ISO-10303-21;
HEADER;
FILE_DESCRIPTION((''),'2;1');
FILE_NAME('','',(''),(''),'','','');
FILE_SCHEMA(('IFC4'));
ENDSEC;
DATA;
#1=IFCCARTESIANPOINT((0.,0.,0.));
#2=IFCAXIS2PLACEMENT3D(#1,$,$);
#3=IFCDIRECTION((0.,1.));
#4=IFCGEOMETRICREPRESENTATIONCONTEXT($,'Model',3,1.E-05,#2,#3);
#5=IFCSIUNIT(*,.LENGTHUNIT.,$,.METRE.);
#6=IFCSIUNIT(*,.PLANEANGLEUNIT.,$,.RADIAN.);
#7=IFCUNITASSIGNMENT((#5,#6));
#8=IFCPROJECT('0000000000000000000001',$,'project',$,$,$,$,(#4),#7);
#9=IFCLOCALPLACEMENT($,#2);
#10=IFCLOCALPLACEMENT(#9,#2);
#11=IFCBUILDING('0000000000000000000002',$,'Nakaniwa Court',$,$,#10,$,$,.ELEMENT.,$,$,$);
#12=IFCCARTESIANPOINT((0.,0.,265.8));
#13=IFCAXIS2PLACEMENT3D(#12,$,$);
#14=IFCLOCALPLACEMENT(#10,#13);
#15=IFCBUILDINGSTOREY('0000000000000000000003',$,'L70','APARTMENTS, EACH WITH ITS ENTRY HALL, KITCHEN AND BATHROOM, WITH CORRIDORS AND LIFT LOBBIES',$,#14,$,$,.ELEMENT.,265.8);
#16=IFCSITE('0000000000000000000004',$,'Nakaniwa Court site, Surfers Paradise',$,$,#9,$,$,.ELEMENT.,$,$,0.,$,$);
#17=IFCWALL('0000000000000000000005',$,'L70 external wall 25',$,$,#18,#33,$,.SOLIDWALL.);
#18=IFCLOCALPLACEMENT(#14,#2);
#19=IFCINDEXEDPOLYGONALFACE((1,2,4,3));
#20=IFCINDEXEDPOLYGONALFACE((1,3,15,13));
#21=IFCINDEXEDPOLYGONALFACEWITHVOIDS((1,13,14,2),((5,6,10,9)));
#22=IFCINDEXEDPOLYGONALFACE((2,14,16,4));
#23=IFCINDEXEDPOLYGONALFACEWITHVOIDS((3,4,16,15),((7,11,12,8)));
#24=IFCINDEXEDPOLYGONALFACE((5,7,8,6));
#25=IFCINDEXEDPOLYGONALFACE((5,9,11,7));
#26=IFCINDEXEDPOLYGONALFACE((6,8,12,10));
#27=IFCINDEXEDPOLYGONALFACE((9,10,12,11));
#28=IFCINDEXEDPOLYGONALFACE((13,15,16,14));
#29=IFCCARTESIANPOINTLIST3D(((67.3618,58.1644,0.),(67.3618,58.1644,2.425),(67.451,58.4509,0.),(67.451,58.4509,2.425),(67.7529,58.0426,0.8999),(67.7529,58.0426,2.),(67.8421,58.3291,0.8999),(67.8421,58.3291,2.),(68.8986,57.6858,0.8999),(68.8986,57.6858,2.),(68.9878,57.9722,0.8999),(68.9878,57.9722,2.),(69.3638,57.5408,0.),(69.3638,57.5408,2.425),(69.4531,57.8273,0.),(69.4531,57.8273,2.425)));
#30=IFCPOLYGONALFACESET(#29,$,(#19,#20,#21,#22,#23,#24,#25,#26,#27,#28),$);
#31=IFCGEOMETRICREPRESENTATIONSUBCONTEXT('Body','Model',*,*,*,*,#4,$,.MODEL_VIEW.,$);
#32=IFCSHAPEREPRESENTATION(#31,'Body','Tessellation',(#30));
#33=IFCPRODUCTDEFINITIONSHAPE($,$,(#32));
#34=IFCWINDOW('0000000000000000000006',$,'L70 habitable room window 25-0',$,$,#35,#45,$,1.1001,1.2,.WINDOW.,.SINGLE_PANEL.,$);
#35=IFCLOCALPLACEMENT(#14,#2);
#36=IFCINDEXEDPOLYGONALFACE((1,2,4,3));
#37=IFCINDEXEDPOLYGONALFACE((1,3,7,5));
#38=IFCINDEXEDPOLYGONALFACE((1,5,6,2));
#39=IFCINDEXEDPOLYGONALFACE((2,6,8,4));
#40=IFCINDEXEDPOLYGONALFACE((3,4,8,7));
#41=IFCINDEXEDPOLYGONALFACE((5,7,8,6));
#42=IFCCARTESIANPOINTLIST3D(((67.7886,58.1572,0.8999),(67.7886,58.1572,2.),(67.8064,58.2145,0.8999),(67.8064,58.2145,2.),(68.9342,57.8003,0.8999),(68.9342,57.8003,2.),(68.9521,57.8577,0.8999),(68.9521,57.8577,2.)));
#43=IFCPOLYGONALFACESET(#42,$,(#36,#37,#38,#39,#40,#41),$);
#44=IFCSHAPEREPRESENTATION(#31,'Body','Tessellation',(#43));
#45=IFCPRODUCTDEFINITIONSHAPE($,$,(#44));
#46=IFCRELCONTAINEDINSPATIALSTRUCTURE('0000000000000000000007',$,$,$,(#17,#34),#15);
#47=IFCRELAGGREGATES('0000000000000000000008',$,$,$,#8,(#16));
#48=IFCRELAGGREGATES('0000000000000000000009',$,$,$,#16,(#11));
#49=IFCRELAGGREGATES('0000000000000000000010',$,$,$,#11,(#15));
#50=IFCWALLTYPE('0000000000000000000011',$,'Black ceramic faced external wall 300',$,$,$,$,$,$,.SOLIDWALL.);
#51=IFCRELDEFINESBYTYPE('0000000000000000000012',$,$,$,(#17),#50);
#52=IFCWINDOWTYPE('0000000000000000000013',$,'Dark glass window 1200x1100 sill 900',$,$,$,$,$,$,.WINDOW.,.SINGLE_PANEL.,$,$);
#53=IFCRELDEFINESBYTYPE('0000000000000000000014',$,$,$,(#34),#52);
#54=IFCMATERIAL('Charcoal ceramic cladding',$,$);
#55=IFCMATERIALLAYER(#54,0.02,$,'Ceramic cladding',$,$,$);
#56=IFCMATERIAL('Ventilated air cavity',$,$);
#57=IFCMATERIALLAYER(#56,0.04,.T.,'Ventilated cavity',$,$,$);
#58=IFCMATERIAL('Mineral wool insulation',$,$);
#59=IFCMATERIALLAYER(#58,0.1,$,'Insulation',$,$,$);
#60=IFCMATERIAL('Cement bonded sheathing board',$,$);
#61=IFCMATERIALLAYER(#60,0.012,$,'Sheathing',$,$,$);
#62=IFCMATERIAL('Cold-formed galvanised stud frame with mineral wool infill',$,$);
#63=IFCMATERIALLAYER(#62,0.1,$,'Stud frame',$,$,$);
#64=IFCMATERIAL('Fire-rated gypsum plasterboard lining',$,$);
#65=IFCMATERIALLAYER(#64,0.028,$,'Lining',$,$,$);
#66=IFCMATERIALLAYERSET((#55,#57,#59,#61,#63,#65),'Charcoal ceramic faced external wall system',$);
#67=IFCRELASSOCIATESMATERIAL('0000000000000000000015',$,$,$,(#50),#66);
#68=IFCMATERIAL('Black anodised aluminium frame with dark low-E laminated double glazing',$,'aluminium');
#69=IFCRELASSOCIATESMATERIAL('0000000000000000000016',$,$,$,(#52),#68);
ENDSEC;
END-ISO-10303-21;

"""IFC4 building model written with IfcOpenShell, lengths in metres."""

from ifc_helpers import new_model, si_unit, direction, frame, frame_2d, origin, place, context, subcontext, project, spatial, rectangle, extrude, material, layer, layer_set, type_object, element, fill, save


model = new_model("IFC4")

# Units and contexts
model_context = context("Model", 3, precision=1e-05, world=origin(), true_north=direction((0.0, 1.0)))
body_context = subcontext(model_context, "Body", "Model", "MODEL_VIEW")
ifc_project = project(units=[si_unit("LENGTHUNIT", "METRE"), si_unit("PLANEANGLEUNIT", "RADIAN")], contexts=[model_context])

# Site, building, storey
site_placement = place(None, origin())
site = spatial("IfcSite", under=ifc_project, at=site_placement, Name="Nakaniwa Court site, Surfers Paradise", CompositionType="ELEMENT", RefElevation=0.0)
building_placement = place(site_placement, origin())
building = spatial("IfcBuilding", under=site, at=building_placement, Name="Nakaniwa Court", CompositionType="ELEMENT")
storey_placement = place(building_placement, frame((0.0, 0.0, 265.8)))
storey = spatial("IfcBuildingStorey", under=building, at=storey_placement, Name="L70", Description="APARTMENTS, EACH WITH ITS ENTRY HALL, KITCHEN AND BATHROOM, WITH CORRIDORS AND LIFT LOBBIES", CompositionType="ELEMENT", Elevation=265.8)

# Wall, opening, window
ifc_material_1 = material(Name="Charcoal ceramic cladding")
ifc_layer_1 = layer(ifc_material_1, 0.02, Name="Ceramic cladding")
ifc_material_2 = material(Name="Ventilated air cavity")
ifc_layer_2 = layer(ifc_material_2, 0.04, ventilated=True, Name="Ventilated cavity")
ifc_material_3 = material(Name="Mineral wool insulation")
ifc_layer_3 = layer(ifc_material_3, 0.1, Name="Insulation")
ifc_material_4 = material(Name="Cement bonded sheathing board")
ifc_layer_4 = layer(ifc_material_4, 0.012, Name="Sheathing")
ifc_material_5 = material(Name="Cold-formed galvanised stud frame with mineral wool infill")
ifc_layer_5 = layer(ifc_material_5, 0.1, Name="Stud frame")
ifc_material_6 = material(Name="Fire-rated gypsum plasterboard lining")
ifc_layer_6 = layer(ifc_material_6, 0.028, Name="Lining")
ifc_layer_set_1 = layer_set([ifc_layer_1, ifc_layer_2, ifc_layer_3, ifc_layer_4, ifc_layer_5, ifc_layer_6], Name="Charcoal ceramic faced external wall system")
wall_type_1 = type_object("IfcWallType", Name="Black ceramic faced external wall 300", PredefinedType="SOLIDWALL", material=ifc_layer_set_1)
ifc_material_7 = material(Name="Black anodised aluminium frame with dark low-E laminated double glazing", Category="aluminium")
window_type_1 = type_object("IfcWindowType", Name="Dark glass window 1200x1100 sill 900", PartitioningType="SINGLE_PANEL", PredefinedType="WINDOW", material=ifc_material_7)
wall_1_placement = place(storey_placement, frame((67.4065, 58.3076, 0.0), z_axis=(0.0, 0.0, 1.0), x_axis=(0.954761, -0.297373, 0.0)))
wall_1 = element("IfcWall", 1, at=wall_1_placement, inside=storey, type_object=wall_type_1, Name="L70 external wall 25", PredefinedType="SOLIDWALL", context=body_context, shape_type="SweptSolid", body=[
    extrude(rectangle(XDim=2.0969, YDim=0.3, at=frame_2d((1.0483, 0.0))), origin(), (0.0, 0.0, 1.0), 2.425),
])
opening_1_placement = place(wall_1_placement, frame((0.4094, 0.0, 0.8999)))
opening_1 = element("IfcOpeningElement", 2, at=opening_1_placement, cuts=wall_1, PredefinedType="OPENING", context=body_context, shape_type="SweptSolid", body=[
    extrude(rectangle(XDim=1.2, YDim=1.1001, at=frame_2d((0.6001, 0.55))), frame((0.0, 0.1599, 0.0), z_axis=(0.0, -1.0, 0.0), x_axis=(1.0, 0.0, 0.0)), (0.0, 0.0, 1.0), 0.3201),
])
window_1_placement = place(opening_1_placement, origin())
window_1 = element("IfcWindow", 3, at=window_1_placement, inside=storey, type_object=window_type_1, Name="L70 habitable room window 25-0", OverallHeight=1.1001, OverallWidth=1.2, PartitioningType="SINGLE_PANEL", PredefinedType="WINDOW", context=body_context, shape_type="SweptSolid", body=[
    extrude(rectangle(XDim=1.2, YDim=1.1001, at=frame_2d((0.6001, 0.55))), frame((0.0, 0.03, 0.0), z_axis=(0.0, -1.0, 0.0), x_axis=(1.0, 0.0, 0.0)), (0.0, 0.0, 1.0), 0.0601),
])
fill(opening_1, window_1)

save(model, "model.ifc")
